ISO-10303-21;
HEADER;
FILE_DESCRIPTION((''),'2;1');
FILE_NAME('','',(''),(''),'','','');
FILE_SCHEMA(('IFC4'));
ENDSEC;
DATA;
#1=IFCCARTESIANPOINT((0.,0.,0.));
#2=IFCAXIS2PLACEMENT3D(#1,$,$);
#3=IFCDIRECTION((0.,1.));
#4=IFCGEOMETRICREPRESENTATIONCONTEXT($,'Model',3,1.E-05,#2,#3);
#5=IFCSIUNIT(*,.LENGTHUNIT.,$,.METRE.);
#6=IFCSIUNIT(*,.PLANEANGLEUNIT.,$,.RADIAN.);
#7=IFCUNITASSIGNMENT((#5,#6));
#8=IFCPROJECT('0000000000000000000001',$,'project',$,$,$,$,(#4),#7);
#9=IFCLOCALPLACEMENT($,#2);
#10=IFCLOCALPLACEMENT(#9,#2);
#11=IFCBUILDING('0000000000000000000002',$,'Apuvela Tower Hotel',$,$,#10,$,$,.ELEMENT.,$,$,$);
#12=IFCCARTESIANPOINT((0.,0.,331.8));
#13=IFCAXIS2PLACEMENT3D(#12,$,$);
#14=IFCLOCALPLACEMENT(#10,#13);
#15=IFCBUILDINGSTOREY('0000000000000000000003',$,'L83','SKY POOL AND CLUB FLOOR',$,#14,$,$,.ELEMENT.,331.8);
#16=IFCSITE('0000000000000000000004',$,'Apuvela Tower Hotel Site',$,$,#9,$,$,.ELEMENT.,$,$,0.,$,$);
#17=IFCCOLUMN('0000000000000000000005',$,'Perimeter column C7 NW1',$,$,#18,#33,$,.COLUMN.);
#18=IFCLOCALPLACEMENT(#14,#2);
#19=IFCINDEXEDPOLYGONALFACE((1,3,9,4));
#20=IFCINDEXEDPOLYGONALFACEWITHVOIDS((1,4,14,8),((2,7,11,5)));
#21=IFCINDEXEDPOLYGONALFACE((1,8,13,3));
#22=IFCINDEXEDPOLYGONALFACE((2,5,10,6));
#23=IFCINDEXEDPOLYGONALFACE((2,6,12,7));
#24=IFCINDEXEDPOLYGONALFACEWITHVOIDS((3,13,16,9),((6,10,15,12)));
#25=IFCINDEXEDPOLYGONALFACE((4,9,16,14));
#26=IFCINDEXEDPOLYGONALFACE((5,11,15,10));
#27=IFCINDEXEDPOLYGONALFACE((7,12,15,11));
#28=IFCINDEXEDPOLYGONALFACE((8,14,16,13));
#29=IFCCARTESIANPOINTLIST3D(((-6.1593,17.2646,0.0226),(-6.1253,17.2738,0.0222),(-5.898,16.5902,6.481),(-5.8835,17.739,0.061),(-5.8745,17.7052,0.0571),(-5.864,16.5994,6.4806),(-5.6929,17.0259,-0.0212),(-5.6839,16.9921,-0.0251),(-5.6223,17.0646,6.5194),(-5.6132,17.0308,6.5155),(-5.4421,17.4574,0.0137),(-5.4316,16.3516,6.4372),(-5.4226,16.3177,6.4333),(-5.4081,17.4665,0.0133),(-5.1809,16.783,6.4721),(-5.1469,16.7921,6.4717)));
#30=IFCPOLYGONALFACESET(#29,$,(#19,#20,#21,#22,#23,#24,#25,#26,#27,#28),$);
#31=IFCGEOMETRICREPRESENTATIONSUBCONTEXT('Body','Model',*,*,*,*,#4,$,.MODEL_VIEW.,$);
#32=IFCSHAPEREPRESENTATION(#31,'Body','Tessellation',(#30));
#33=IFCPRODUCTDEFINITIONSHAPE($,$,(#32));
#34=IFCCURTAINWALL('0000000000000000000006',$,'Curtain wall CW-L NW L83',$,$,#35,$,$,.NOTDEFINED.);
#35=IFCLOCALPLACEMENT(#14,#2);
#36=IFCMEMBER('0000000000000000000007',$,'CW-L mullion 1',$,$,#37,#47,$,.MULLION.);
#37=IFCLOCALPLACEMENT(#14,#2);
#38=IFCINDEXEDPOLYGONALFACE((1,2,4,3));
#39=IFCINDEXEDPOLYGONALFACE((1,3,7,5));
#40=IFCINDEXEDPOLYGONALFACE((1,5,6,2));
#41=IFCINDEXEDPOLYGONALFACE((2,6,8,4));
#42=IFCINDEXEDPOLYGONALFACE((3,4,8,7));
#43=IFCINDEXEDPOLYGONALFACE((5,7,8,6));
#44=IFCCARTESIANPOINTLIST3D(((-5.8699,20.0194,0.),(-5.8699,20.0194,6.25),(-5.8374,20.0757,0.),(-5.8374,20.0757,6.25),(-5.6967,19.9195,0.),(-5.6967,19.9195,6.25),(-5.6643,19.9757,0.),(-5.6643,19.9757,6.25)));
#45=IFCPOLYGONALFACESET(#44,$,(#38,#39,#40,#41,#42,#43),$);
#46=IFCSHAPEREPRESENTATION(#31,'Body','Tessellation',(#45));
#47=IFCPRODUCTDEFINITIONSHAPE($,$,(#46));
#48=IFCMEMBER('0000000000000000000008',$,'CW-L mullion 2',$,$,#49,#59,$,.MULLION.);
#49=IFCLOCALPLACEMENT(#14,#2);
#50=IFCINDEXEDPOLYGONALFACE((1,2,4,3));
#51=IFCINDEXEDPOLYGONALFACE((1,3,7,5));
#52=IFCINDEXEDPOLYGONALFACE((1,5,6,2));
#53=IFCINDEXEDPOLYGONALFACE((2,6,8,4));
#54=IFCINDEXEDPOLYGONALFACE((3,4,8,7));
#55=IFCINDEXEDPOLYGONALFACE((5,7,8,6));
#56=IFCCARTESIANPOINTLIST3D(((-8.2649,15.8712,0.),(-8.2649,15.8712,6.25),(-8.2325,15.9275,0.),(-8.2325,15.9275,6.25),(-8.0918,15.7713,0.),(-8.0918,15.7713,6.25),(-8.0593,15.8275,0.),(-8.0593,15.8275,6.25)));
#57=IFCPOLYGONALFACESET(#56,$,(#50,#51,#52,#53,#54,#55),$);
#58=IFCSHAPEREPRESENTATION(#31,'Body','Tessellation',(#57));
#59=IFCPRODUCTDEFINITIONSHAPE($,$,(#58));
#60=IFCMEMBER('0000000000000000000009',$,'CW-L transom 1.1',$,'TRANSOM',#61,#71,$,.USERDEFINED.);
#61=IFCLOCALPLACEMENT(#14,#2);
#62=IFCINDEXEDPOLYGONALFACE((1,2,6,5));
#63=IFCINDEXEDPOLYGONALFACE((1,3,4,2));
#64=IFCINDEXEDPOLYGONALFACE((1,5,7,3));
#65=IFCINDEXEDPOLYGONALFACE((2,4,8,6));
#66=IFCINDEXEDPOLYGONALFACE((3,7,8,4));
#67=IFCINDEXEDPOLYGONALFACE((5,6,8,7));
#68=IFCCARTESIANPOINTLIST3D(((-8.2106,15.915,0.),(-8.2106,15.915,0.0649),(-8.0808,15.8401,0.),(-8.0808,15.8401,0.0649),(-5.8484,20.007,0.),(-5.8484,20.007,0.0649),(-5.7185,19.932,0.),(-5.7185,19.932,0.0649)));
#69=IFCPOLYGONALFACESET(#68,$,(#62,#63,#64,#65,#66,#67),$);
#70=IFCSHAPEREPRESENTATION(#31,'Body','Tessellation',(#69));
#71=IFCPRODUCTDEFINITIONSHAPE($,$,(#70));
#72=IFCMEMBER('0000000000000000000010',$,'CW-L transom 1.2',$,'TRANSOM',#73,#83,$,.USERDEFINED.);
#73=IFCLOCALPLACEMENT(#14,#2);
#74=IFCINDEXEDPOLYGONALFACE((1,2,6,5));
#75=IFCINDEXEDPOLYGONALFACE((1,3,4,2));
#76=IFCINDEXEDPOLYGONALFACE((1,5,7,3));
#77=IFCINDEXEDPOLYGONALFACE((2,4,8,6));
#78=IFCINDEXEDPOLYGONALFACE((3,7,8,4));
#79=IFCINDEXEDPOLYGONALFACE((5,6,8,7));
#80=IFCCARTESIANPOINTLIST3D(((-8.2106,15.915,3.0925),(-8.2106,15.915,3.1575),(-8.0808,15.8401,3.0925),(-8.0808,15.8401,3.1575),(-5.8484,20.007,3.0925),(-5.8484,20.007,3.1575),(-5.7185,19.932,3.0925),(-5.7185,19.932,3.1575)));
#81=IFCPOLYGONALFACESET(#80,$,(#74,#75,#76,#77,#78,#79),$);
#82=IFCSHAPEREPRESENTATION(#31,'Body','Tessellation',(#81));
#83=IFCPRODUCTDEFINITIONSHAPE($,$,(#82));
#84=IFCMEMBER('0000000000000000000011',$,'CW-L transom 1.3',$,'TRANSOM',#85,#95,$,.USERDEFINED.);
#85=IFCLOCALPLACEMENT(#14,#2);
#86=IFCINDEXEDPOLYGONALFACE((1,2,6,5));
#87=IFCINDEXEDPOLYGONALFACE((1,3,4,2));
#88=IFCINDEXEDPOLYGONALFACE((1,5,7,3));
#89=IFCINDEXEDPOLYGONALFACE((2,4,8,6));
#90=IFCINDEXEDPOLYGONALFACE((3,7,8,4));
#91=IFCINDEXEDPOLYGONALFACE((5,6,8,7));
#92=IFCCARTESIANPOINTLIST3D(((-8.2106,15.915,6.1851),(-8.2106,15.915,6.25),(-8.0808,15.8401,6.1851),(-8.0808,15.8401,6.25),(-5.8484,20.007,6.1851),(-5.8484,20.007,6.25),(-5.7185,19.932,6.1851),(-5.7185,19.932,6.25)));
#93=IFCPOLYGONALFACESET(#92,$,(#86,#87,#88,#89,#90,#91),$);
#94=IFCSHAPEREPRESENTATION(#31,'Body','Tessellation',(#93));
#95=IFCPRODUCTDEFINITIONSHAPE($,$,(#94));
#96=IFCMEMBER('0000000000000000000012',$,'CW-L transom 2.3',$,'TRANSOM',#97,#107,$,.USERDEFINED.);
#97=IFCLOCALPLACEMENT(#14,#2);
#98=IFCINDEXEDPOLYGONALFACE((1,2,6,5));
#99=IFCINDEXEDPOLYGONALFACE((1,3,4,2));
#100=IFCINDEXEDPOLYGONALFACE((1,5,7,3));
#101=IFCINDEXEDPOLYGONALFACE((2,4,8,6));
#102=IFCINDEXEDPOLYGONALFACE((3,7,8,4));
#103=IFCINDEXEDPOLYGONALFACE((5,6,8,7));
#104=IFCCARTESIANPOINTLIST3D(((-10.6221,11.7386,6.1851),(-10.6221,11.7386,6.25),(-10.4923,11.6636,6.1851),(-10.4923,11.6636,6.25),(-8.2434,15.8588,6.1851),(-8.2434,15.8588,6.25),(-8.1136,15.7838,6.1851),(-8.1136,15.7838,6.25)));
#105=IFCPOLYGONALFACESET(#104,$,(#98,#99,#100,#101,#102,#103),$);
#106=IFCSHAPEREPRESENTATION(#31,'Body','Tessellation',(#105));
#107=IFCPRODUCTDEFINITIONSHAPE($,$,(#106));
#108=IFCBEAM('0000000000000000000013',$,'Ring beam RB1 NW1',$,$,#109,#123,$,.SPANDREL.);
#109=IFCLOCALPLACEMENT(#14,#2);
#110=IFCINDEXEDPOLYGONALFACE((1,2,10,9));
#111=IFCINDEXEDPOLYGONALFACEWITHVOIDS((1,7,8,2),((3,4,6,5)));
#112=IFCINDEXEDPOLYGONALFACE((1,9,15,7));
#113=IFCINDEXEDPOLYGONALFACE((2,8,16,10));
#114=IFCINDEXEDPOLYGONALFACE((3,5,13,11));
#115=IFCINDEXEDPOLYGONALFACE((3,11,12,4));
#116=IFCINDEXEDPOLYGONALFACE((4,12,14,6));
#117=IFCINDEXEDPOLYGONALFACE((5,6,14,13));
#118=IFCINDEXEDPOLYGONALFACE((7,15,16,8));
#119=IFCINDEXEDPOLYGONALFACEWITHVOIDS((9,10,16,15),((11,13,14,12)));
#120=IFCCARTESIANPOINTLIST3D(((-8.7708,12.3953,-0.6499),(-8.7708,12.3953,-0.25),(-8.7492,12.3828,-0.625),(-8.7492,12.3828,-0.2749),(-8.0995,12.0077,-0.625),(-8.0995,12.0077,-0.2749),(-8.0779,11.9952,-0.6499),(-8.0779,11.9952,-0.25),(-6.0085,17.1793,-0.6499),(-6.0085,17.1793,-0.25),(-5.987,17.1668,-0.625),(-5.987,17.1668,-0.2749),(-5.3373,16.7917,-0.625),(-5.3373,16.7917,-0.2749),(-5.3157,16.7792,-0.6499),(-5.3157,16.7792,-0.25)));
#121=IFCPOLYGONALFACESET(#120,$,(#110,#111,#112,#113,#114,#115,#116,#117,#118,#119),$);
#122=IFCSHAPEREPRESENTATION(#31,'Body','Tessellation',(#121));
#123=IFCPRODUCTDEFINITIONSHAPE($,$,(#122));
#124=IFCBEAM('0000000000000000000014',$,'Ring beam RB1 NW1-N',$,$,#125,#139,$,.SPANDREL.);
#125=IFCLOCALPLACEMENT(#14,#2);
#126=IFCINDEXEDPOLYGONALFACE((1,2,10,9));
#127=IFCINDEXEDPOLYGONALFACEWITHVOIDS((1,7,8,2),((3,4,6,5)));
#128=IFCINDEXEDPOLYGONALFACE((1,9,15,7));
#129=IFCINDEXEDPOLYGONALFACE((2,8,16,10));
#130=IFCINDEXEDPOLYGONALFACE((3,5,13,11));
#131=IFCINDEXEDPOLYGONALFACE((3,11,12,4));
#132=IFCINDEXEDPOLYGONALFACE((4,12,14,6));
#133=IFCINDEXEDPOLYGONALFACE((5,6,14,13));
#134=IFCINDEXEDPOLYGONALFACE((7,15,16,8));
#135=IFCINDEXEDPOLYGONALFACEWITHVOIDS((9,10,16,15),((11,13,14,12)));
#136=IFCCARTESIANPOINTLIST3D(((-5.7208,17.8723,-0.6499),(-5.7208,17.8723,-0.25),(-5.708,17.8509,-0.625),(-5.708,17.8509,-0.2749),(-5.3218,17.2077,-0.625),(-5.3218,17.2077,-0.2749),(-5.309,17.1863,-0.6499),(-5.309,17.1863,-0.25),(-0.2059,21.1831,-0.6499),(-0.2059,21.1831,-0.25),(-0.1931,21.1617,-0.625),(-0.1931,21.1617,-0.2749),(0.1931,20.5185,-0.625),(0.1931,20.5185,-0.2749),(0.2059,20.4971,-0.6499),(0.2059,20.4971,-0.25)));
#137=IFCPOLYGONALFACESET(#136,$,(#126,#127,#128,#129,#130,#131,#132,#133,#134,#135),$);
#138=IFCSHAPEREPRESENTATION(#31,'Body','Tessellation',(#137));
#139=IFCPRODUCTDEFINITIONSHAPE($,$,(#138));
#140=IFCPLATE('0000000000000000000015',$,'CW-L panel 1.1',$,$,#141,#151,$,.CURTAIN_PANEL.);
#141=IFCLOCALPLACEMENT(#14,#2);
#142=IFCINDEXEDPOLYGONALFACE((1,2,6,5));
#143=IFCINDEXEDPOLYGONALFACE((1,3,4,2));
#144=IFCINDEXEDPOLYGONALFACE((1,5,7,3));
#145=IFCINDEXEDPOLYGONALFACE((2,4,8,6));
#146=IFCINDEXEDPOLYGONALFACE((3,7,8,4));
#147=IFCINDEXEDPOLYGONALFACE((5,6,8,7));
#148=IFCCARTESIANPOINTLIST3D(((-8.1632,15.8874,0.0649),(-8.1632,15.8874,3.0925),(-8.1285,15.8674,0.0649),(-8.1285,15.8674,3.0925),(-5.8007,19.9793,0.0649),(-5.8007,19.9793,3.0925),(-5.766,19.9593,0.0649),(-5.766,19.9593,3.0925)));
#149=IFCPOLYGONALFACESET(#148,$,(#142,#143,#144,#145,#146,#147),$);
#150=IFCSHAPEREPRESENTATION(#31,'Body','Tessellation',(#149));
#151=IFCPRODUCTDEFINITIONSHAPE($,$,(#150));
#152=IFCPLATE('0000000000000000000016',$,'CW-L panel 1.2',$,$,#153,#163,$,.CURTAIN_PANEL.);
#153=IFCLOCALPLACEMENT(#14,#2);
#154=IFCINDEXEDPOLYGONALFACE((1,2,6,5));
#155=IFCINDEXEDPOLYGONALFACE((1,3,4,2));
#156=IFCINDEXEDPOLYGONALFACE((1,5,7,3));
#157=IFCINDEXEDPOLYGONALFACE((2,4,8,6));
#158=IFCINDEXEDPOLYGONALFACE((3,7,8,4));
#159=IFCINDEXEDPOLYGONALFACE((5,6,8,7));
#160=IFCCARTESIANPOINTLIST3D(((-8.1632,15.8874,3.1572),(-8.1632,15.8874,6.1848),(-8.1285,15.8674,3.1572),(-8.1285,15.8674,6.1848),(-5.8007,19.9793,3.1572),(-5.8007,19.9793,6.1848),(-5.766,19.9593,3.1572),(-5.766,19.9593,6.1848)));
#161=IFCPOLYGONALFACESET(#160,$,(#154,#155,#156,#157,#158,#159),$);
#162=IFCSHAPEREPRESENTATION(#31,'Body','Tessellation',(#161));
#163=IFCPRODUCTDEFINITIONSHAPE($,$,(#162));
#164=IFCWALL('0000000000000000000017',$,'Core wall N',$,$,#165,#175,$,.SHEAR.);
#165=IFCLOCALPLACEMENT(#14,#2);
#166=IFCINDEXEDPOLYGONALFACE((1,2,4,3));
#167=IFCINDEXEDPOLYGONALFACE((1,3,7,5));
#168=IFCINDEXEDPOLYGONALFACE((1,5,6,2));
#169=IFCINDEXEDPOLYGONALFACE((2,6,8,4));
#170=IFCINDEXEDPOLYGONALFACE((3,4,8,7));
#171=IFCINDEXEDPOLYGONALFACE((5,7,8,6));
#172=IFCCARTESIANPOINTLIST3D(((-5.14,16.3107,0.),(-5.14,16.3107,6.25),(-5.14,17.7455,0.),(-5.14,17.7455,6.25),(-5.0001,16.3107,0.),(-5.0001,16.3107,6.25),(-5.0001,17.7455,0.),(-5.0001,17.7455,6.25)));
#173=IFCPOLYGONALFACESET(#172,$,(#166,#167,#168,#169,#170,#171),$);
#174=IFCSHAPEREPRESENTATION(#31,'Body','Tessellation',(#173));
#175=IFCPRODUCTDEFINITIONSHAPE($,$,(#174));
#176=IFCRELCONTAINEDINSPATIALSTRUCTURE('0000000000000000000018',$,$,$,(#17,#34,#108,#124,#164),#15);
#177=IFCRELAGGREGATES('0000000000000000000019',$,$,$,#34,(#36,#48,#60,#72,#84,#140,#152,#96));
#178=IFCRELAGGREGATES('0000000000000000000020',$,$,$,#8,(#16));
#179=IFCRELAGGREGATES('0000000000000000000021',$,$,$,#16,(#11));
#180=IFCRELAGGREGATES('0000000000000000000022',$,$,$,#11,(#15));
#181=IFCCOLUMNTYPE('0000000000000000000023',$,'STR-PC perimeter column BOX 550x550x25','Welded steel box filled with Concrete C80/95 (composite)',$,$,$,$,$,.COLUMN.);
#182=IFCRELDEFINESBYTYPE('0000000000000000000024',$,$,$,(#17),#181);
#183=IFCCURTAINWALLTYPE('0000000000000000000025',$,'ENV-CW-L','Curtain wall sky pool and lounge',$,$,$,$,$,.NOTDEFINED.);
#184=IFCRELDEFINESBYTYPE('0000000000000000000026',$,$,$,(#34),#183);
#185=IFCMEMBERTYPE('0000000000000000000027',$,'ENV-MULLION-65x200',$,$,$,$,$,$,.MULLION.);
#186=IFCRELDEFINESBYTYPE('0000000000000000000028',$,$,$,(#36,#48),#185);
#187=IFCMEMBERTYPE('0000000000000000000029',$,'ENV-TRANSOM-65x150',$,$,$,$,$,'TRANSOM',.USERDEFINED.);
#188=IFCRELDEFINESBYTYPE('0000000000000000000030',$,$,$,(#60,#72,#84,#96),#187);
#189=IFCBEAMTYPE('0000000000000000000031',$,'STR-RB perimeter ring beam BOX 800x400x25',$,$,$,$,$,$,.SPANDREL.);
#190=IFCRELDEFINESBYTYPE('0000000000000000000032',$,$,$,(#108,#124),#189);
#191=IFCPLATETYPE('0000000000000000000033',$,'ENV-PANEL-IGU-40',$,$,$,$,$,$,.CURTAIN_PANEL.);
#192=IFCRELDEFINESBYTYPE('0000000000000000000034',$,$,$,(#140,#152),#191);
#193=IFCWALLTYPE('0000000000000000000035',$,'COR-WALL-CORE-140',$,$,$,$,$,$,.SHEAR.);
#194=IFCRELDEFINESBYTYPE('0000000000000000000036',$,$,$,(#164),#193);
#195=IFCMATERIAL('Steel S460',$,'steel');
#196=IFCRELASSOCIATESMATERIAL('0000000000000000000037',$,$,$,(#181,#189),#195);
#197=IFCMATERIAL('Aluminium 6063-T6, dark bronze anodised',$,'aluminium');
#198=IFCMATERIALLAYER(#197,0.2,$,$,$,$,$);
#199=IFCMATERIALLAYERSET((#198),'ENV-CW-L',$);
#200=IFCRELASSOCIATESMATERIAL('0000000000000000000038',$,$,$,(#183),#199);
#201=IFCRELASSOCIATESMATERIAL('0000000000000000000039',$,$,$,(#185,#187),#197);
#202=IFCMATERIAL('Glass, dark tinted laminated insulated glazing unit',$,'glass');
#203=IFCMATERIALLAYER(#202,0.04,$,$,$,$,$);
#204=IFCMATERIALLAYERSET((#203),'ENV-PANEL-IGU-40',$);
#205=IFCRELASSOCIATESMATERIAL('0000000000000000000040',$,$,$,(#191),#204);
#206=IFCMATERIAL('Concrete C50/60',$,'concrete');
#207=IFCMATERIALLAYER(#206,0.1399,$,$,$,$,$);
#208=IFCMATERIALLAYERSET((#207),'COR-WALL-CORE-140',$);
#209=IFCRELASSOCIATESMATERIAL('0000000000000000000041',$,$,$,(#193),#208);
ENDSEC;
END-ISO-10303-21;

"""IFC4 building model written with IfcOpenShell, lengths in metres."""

from ifc_helpers import new_model, si_unit, direction, frame, frame_2d, origin, origin_2d, place, context, subcontext, project, spatial, rectangle, hollow_rectangle, extrude, boolean, halfspace, material, layer, layer_set, material_profile, profile_set, type_object, element, aggregate, save


model = new_model("IFC4")

# Units and contexts
model_context = context("Model", 3, precision=1e-05, world=origin(), true_north=direction((0.0, 1.0)))
body_context = subcontext(model_context, "Body", "Model", "MODEL_VIEW")
ifc_project = project(units=[si_unit("LENGTHUNIT", "METRE"), si_unit("PLANEANGLEUNIT", "RADIAN")], contexts=[model_context])

# Site, building, storey
site_placement = place(None, origin())
site = spatial("IfcSite", under=ifc_project, at=site_placement, Name="Apuvela Tower Hotel Site", CompositionType="ELEMENT", RefElevation=0.0)
building_placement = place(site_placement, origin())
building = spatial("IfcBuilding", under=site, at=building_placement, Name="Apuvela Tower Hotel", CompositionType="ELEMENT")
storey_placement = place(building_placement, frame((0.0, 0.0, 331.8)))
storey = spatial("IfcBuildingStorey", under=building, at=storey_placement, Name="L83", Description="SKY POOL AND CLUB FLOOR", CompositionType="ELEMENT", Elevation=331.8)

# Column
ifc_material_1 = material(Name="Steel S460", Category="steel")
ifc_material_2 = material(Name="Concrete C80/95", Category="concrete")
ifc_material_profile_1 = material_profile(ifc_material_1, hollow_rectangle(XDim=0.55, YDim=0.55, WallThickness=0.0249, at=origin_2d()), Name="BOX 550x550x25")
ifc_material_profile_2 = material_profile(ifc_material_2, rectangle(XDim=0.5, YDim=0.5, at=origin_2d()), Name="Concrete C80/95 infill")
ifc_profile_set_1 = profile_set([ifc_material_profile_1, ifc_material_profile_2], Name="Steel S460")
column_type_1 = type_object("IfcColumnType", Name="STR-PC perimeter column BOX 550x550x25", Description="Welded steel box filled with Concrete C80/95 (composite)", PredefinedType="COLUMN", material=ifc_profile_set_1)
column_1_placement = place(storey_placement, frame((-5.7844, 17.3674, 0.0), z_axis=(0.040201, -0.103769, 0.993789), x_axis=(0.501318, 0.862445, 0.069775)))
element("IfcColumn", 1, at=column_1_placement, inside=storey, type_object=column_type_1, Name="Perimeter column C7 NW1", PredefinedType="COLUMN", context=body_context, shape_type="SweptSolid", body=[
    boolean("DIFFERENCE", boolean("DIFFERENCE", extrude(hollow_rectangle(XDim=0.55, YDim=0.55, WallThickness=0.0249, at=origin_2d()), origin(), (0.0, 0.0, 1.0), 6.5405), halfspace(frame((0.0, 0.0, 0.0181), z_axis=(0.0, 0.0, 1.0), x_axis=(1.0, 0.0, 0.0)), True)), halfspace(frame((0.0, 0.0, 6.5168), z_axis=(0.0, 0.0, 1.0), x_axis=(1.0, 0.0, 0.0)), False)),
])

# Curtain wall, members
ifc_material_3 = material(Name="Aluminium 6063-T6, dark bronze anodised", Category="aluminium")
ifc_layer_1 = layer(ifc_material_3, 0.2)
ifc_layer_set_1 = layer_set([ifc_layer_1], Name="ENV-CW-L")
curtain_wall_type = type_object("IfcCurtainWallType", Name="ENV-CW-L", Description="Curtain wall sky pool and lounge", PredefinedType="NOTDEFINED", material=ifc_layer_set_1)
curtain_wall_placement = place(storey_placement, origin())
curtain_wall = element("IfcCurtainWall", 2, at=curtain_wall_placement, inside=storey, type_object=curtain_wall_type, Name="Curtain wall CW-L NW L83", PredefinedType="NOTDEFINED")
ifc_material_profile_3 = material_profile(ifc_material_3, rectangle(XDim=0.2, YDim=0.0649, at=origin_2d()), Name="AL 65x200")
ifc_profile_set_2 = profile_set([ifc_material_profile_3], Name="Aluminium 6063-T6, dark bronze anodised")
member_type_1 = type_object("IfcMemberType", Name="ENV-MULLION-65x200", PredefinedType="MULLION", material=ifc_profile_set_2)
member_1_placement = place(storey_placement, frame((-5.7671, 19.9976, 0.0), z_axis=(0.0, 0.0, 1.0), x_axis=(0.866025, -0.5, 0.0)))
member_1 = element("IfcMember", 3, at=member_1_placement, type_object=member_type_1, Name="CW-L mullion 1", PredefinedType="MULLION", context=body_context, shape_type="SweptSolid", body=[
    extrude(rectangle(XDim=0.2, YDim=0.0649, at=origin_2d()), origin(), (0.0, 0.0, 1.0), 6.25),
])
member_2_placement = place(storey_placement, frame((-8.1621, 15.8494, 0.0), z_axis=(0.0, 0.0, 1.0), x_axis=(0.866025, -0.5, 0.0)))
member_2 = element("IfcMember", 4, at=member_2_placement, type_object=member_type_1, Name="CW-L mullion 2", PredefinedType="MULLION", context=body_context, shape_type="SweptSolid", body=[
    extrude(rectangle(XDim=0.2, YDim=0.0649, at=origin_2d()), origin(), (0.0, 0.0, 1.0), 6.25),
])
ifc_material_profile_4 = material_profile(ifc_material_3, rectangle(XDim=0.1499, YDim=0.0649, at=origin_2d()), Name="AL 65x150 transom")
ifc_profile_set_3 = profile_set([ifc_material_profile_4], Name="Aluminium 6063-T6, dark bronze anodised")
member_type_2 = type_object("IfcMemberType", Name="ENV-TRANSOM-65x150", ElementType="TRANSOM", PredefinedType="USERDEFINED", material=ifc_profile_set_3)
member_3_placement = place(storey_placement, frame((-5.7834, 19.9695, 0.0325), z_axis=(-0.499962, -0.866047, 0.0), x_axis=(0.866047, -0.499962, 0.0)))
member_3 = element("IfcMember", 5, at=member_3_placement, type_object=member_type_2, Name="CW-L transom 1.1", ObjectType="TRANSOM", PredefinedType="USERDEFINED", context=body_context, shape_type="SweptSolid", body=[
    extrude(rectangle(XDim=0.1499, YDim=0.0649, at=origin_2d()), origin(), (0.0, 0.0, 1.0), 4.7249),
])
member_4_placement = place(storey_placement, frame((-5.7834, 19.9695, 3.125), z_axis=(-0.499962, -0.866047, 0.0), x_axis=(0.866047, -0.499962, 0.0)))
member_4 = element("IfcMember", 6, at=member_4_placement, type_object=member_type_2, Name="CW-L transom 1.2", ObjectType="TRANSOM", PredefinedType="USERDEFINED", context=body_context, shape_type="SweptSolid", body=[
    extrude(rectangle(XDim=0.1499, YDim=0.0649, at=origin_2d()), origin(), (0.0, 0.0, 1.0), 4.7249),
])
member_5_placement = place(storey_placement, frame((-5.7834, 19.9695, 6.2175), z_axis=(-0.499962, -0.866047, 0.0), x_axis=(0.866047, -0.499962, 0.0)))
member_5 = element("IfcMember", 7, at=member_5_placement, type_object=member_type_2, Name="CW-L transom 1.3", ObjectType="TRANSOM", PredefinedType="USERDEFINED", context=body_context, shape_type="SweptSolid", body=[
    extrude(rectangle(XDim=0.1499, YDim=0.0649, at=origin_2d()), origin(), (0.0, 0.0, 1.0), 4.7249),
])
member_6_placement = place(storey_placement, frame((-8.1785, 15.8213, 6.2175), z_axis=(-0.499986, -0.866033, 0.0), x_axis=(0.866033, -0.499986, 0.0)))
member_6 = element("IfcMember", 8, at=member_6_placement, type_object=member_type_2, Name="CW-L transom 2.3", ObjectType="TRANSOM", PredefinedType="USERDEFINED", context=body_context, shape_type="SweptSolid", body=[
    extrude(rectangle(XDim=0.1499, YDim=0.0649, at=origin_2d()), origin(), (0.0, 0.0, 1.0), 4.7576),
])

# Beams
ifc_material_profile_5 = material_profile(ifc_material_1, hollow_rectangle(XDim=0.8, YDim=0.3999, WallThickness=0.0249, at=origin_2d()), Name="BOX 800x400x25")
ifc_profile_set_4 = profile_set([ifc_material_profile_5], Name="Steel S460")
beam_type = type_object("IfcBeamType", Name="STR-RB perimeter ring beam BOX 800x400x25", PredefinedType="SPANDREL", material=ifc_profile_set_4)
beam_1_placement = place(storey_placement, frame((-5.6621, 16.9792, -0.45), z_axis=(-0.500027, -0.86601, 0.0), x_axis=(0.86601, -0.500027, 0.0)))
element("IfcBeam", 9, at=beam_1_placement, inside=storey, type_object=beam_type, Name="Ring beam RB1 NW1", PredefinedType="SPANDREL", context=body_context, shape_type="SweptSolid", body=[
    extrude(hollow_rectangle(XDim=0.8, YDim=0.3999, WallThickness=0.0249, at=origin_2d()), origin(), (0.0, 0.0, 1.0), 5.5242),
])
beam_2_placement = place(storey_placement, frame((-5.5149, 17.5293, -0.45), z_axis=(0.857366, 0.514708, 0.0), x_axis=(-0.514708, 0.857366, 0.0)))
element("IfcBeam", 10, at=beam_2_placement, inside=storey, type_object=beam_type, Name="Ring beam RB1 NW1-N", PredefinedType="SPANDREL", context=body_context, shape_type="SweptSolid", body=[
    extrude(hollow_rectangle(XDim=0.8, YDim=0.3999, WallThickness=0.0249, at=origin_2d()), origin(), (0.0, 0.0, 1.0), 6.4324),
])

# Plates
ifc_material_4 = material(Name="Glass, dark tinted laminated insulated glazing unit", Category="glass")
ifc_layer_2 = layer(ifc_material_4, 0.04)
ifc_layer_set_2 = layer_set([ifc_layer_2], Name="ENV-PANEL-IGU-40")
plate_type = type_object("IfcPlateType", Name="ENV-PANEL-IGU-40", PredefinedType="CURTAIN_PANEL", material=ifc_layer_set_2)
plate_1_placement = place(storey_placement, frame((-6.9646, 17.9233, 0.0649), z_axis=(0.0, 0.0, 1.0), x_axis=(-0.5, -0.866025, 0.0)))
plate_1 = element("IfcPlate", 11, at=plate_1_placement, type_object=plate_type, Name="CW-L panel 1.1", PredefinedType="CURTAIN_PANEL", context=body_context, shape_type="SweptSolid", body=[
    extrude(rectangle(XDim=4.7249, YDim=0.04, at=origin_2d()), origin(), (0.0, 0.0, 1.0), 3.0276),
])
plate_2_placement = place(storey_placement, frame((-6.9646, 17.9233, 3.1572), z_axis=(0.0, 0.0, 1.0), x_axis=(-0.5, -0.866025, 0.0)))
plate_2 = element("IfcPlate", 12, at=plate_2_placement, type_object=plate_type, Name="CW-L panel 1.2", PredefinedType="CURTAIN_PANEL", context=body_context, shape_type="SweptSolid", body=[
    extrude(rectangle(XDim=4.7249, YDim=0.04, at=origin_2d()), origin(), (0.0, 0.0, 1.0), 3.0276),
])
aggregate(curtain_wall, [member_1, member_2, member_3, member_4, member_5, plate_1, plate_2, member_6])

# Wall
ifc_material_5 = material(Name="Concrete C50/60", Category="concrete")
ifc_layer_3 = layer(ifc_material_5, 0.1399)
ifc_layer_set_3 = layer_set([ifc_layer_3], Name="COR-WALL-CORE-140")
wall_type_1 = type_object("IfcWallType", Name="COR-WALL-CORE-140", PredefinedType="SHEAR", material=ifc_layer_set_3)
wall_1_placement = place(storey_placement, frame((-5.0701, 16.3108, 0.0), z_axis=(0.0, 0.0, 1.0), x_axis=(0.0, 1.0, 0.0)))
element("IfcWall", 13, at=wall_1_placement, inside=storey, type_object=wall_type_1, Name="Core wall N", PredefinedType="SHEAR", context=body_context, shape_type="SweptSolid", body=[
    extrude(rectangle(XDim=1.4348, YDim=0.1399, at=frame_2d((0.7173, 0.0))), origin(), (0.0, 0.0, 1.0), 6.25),
])

save(model, "model.ifc")
